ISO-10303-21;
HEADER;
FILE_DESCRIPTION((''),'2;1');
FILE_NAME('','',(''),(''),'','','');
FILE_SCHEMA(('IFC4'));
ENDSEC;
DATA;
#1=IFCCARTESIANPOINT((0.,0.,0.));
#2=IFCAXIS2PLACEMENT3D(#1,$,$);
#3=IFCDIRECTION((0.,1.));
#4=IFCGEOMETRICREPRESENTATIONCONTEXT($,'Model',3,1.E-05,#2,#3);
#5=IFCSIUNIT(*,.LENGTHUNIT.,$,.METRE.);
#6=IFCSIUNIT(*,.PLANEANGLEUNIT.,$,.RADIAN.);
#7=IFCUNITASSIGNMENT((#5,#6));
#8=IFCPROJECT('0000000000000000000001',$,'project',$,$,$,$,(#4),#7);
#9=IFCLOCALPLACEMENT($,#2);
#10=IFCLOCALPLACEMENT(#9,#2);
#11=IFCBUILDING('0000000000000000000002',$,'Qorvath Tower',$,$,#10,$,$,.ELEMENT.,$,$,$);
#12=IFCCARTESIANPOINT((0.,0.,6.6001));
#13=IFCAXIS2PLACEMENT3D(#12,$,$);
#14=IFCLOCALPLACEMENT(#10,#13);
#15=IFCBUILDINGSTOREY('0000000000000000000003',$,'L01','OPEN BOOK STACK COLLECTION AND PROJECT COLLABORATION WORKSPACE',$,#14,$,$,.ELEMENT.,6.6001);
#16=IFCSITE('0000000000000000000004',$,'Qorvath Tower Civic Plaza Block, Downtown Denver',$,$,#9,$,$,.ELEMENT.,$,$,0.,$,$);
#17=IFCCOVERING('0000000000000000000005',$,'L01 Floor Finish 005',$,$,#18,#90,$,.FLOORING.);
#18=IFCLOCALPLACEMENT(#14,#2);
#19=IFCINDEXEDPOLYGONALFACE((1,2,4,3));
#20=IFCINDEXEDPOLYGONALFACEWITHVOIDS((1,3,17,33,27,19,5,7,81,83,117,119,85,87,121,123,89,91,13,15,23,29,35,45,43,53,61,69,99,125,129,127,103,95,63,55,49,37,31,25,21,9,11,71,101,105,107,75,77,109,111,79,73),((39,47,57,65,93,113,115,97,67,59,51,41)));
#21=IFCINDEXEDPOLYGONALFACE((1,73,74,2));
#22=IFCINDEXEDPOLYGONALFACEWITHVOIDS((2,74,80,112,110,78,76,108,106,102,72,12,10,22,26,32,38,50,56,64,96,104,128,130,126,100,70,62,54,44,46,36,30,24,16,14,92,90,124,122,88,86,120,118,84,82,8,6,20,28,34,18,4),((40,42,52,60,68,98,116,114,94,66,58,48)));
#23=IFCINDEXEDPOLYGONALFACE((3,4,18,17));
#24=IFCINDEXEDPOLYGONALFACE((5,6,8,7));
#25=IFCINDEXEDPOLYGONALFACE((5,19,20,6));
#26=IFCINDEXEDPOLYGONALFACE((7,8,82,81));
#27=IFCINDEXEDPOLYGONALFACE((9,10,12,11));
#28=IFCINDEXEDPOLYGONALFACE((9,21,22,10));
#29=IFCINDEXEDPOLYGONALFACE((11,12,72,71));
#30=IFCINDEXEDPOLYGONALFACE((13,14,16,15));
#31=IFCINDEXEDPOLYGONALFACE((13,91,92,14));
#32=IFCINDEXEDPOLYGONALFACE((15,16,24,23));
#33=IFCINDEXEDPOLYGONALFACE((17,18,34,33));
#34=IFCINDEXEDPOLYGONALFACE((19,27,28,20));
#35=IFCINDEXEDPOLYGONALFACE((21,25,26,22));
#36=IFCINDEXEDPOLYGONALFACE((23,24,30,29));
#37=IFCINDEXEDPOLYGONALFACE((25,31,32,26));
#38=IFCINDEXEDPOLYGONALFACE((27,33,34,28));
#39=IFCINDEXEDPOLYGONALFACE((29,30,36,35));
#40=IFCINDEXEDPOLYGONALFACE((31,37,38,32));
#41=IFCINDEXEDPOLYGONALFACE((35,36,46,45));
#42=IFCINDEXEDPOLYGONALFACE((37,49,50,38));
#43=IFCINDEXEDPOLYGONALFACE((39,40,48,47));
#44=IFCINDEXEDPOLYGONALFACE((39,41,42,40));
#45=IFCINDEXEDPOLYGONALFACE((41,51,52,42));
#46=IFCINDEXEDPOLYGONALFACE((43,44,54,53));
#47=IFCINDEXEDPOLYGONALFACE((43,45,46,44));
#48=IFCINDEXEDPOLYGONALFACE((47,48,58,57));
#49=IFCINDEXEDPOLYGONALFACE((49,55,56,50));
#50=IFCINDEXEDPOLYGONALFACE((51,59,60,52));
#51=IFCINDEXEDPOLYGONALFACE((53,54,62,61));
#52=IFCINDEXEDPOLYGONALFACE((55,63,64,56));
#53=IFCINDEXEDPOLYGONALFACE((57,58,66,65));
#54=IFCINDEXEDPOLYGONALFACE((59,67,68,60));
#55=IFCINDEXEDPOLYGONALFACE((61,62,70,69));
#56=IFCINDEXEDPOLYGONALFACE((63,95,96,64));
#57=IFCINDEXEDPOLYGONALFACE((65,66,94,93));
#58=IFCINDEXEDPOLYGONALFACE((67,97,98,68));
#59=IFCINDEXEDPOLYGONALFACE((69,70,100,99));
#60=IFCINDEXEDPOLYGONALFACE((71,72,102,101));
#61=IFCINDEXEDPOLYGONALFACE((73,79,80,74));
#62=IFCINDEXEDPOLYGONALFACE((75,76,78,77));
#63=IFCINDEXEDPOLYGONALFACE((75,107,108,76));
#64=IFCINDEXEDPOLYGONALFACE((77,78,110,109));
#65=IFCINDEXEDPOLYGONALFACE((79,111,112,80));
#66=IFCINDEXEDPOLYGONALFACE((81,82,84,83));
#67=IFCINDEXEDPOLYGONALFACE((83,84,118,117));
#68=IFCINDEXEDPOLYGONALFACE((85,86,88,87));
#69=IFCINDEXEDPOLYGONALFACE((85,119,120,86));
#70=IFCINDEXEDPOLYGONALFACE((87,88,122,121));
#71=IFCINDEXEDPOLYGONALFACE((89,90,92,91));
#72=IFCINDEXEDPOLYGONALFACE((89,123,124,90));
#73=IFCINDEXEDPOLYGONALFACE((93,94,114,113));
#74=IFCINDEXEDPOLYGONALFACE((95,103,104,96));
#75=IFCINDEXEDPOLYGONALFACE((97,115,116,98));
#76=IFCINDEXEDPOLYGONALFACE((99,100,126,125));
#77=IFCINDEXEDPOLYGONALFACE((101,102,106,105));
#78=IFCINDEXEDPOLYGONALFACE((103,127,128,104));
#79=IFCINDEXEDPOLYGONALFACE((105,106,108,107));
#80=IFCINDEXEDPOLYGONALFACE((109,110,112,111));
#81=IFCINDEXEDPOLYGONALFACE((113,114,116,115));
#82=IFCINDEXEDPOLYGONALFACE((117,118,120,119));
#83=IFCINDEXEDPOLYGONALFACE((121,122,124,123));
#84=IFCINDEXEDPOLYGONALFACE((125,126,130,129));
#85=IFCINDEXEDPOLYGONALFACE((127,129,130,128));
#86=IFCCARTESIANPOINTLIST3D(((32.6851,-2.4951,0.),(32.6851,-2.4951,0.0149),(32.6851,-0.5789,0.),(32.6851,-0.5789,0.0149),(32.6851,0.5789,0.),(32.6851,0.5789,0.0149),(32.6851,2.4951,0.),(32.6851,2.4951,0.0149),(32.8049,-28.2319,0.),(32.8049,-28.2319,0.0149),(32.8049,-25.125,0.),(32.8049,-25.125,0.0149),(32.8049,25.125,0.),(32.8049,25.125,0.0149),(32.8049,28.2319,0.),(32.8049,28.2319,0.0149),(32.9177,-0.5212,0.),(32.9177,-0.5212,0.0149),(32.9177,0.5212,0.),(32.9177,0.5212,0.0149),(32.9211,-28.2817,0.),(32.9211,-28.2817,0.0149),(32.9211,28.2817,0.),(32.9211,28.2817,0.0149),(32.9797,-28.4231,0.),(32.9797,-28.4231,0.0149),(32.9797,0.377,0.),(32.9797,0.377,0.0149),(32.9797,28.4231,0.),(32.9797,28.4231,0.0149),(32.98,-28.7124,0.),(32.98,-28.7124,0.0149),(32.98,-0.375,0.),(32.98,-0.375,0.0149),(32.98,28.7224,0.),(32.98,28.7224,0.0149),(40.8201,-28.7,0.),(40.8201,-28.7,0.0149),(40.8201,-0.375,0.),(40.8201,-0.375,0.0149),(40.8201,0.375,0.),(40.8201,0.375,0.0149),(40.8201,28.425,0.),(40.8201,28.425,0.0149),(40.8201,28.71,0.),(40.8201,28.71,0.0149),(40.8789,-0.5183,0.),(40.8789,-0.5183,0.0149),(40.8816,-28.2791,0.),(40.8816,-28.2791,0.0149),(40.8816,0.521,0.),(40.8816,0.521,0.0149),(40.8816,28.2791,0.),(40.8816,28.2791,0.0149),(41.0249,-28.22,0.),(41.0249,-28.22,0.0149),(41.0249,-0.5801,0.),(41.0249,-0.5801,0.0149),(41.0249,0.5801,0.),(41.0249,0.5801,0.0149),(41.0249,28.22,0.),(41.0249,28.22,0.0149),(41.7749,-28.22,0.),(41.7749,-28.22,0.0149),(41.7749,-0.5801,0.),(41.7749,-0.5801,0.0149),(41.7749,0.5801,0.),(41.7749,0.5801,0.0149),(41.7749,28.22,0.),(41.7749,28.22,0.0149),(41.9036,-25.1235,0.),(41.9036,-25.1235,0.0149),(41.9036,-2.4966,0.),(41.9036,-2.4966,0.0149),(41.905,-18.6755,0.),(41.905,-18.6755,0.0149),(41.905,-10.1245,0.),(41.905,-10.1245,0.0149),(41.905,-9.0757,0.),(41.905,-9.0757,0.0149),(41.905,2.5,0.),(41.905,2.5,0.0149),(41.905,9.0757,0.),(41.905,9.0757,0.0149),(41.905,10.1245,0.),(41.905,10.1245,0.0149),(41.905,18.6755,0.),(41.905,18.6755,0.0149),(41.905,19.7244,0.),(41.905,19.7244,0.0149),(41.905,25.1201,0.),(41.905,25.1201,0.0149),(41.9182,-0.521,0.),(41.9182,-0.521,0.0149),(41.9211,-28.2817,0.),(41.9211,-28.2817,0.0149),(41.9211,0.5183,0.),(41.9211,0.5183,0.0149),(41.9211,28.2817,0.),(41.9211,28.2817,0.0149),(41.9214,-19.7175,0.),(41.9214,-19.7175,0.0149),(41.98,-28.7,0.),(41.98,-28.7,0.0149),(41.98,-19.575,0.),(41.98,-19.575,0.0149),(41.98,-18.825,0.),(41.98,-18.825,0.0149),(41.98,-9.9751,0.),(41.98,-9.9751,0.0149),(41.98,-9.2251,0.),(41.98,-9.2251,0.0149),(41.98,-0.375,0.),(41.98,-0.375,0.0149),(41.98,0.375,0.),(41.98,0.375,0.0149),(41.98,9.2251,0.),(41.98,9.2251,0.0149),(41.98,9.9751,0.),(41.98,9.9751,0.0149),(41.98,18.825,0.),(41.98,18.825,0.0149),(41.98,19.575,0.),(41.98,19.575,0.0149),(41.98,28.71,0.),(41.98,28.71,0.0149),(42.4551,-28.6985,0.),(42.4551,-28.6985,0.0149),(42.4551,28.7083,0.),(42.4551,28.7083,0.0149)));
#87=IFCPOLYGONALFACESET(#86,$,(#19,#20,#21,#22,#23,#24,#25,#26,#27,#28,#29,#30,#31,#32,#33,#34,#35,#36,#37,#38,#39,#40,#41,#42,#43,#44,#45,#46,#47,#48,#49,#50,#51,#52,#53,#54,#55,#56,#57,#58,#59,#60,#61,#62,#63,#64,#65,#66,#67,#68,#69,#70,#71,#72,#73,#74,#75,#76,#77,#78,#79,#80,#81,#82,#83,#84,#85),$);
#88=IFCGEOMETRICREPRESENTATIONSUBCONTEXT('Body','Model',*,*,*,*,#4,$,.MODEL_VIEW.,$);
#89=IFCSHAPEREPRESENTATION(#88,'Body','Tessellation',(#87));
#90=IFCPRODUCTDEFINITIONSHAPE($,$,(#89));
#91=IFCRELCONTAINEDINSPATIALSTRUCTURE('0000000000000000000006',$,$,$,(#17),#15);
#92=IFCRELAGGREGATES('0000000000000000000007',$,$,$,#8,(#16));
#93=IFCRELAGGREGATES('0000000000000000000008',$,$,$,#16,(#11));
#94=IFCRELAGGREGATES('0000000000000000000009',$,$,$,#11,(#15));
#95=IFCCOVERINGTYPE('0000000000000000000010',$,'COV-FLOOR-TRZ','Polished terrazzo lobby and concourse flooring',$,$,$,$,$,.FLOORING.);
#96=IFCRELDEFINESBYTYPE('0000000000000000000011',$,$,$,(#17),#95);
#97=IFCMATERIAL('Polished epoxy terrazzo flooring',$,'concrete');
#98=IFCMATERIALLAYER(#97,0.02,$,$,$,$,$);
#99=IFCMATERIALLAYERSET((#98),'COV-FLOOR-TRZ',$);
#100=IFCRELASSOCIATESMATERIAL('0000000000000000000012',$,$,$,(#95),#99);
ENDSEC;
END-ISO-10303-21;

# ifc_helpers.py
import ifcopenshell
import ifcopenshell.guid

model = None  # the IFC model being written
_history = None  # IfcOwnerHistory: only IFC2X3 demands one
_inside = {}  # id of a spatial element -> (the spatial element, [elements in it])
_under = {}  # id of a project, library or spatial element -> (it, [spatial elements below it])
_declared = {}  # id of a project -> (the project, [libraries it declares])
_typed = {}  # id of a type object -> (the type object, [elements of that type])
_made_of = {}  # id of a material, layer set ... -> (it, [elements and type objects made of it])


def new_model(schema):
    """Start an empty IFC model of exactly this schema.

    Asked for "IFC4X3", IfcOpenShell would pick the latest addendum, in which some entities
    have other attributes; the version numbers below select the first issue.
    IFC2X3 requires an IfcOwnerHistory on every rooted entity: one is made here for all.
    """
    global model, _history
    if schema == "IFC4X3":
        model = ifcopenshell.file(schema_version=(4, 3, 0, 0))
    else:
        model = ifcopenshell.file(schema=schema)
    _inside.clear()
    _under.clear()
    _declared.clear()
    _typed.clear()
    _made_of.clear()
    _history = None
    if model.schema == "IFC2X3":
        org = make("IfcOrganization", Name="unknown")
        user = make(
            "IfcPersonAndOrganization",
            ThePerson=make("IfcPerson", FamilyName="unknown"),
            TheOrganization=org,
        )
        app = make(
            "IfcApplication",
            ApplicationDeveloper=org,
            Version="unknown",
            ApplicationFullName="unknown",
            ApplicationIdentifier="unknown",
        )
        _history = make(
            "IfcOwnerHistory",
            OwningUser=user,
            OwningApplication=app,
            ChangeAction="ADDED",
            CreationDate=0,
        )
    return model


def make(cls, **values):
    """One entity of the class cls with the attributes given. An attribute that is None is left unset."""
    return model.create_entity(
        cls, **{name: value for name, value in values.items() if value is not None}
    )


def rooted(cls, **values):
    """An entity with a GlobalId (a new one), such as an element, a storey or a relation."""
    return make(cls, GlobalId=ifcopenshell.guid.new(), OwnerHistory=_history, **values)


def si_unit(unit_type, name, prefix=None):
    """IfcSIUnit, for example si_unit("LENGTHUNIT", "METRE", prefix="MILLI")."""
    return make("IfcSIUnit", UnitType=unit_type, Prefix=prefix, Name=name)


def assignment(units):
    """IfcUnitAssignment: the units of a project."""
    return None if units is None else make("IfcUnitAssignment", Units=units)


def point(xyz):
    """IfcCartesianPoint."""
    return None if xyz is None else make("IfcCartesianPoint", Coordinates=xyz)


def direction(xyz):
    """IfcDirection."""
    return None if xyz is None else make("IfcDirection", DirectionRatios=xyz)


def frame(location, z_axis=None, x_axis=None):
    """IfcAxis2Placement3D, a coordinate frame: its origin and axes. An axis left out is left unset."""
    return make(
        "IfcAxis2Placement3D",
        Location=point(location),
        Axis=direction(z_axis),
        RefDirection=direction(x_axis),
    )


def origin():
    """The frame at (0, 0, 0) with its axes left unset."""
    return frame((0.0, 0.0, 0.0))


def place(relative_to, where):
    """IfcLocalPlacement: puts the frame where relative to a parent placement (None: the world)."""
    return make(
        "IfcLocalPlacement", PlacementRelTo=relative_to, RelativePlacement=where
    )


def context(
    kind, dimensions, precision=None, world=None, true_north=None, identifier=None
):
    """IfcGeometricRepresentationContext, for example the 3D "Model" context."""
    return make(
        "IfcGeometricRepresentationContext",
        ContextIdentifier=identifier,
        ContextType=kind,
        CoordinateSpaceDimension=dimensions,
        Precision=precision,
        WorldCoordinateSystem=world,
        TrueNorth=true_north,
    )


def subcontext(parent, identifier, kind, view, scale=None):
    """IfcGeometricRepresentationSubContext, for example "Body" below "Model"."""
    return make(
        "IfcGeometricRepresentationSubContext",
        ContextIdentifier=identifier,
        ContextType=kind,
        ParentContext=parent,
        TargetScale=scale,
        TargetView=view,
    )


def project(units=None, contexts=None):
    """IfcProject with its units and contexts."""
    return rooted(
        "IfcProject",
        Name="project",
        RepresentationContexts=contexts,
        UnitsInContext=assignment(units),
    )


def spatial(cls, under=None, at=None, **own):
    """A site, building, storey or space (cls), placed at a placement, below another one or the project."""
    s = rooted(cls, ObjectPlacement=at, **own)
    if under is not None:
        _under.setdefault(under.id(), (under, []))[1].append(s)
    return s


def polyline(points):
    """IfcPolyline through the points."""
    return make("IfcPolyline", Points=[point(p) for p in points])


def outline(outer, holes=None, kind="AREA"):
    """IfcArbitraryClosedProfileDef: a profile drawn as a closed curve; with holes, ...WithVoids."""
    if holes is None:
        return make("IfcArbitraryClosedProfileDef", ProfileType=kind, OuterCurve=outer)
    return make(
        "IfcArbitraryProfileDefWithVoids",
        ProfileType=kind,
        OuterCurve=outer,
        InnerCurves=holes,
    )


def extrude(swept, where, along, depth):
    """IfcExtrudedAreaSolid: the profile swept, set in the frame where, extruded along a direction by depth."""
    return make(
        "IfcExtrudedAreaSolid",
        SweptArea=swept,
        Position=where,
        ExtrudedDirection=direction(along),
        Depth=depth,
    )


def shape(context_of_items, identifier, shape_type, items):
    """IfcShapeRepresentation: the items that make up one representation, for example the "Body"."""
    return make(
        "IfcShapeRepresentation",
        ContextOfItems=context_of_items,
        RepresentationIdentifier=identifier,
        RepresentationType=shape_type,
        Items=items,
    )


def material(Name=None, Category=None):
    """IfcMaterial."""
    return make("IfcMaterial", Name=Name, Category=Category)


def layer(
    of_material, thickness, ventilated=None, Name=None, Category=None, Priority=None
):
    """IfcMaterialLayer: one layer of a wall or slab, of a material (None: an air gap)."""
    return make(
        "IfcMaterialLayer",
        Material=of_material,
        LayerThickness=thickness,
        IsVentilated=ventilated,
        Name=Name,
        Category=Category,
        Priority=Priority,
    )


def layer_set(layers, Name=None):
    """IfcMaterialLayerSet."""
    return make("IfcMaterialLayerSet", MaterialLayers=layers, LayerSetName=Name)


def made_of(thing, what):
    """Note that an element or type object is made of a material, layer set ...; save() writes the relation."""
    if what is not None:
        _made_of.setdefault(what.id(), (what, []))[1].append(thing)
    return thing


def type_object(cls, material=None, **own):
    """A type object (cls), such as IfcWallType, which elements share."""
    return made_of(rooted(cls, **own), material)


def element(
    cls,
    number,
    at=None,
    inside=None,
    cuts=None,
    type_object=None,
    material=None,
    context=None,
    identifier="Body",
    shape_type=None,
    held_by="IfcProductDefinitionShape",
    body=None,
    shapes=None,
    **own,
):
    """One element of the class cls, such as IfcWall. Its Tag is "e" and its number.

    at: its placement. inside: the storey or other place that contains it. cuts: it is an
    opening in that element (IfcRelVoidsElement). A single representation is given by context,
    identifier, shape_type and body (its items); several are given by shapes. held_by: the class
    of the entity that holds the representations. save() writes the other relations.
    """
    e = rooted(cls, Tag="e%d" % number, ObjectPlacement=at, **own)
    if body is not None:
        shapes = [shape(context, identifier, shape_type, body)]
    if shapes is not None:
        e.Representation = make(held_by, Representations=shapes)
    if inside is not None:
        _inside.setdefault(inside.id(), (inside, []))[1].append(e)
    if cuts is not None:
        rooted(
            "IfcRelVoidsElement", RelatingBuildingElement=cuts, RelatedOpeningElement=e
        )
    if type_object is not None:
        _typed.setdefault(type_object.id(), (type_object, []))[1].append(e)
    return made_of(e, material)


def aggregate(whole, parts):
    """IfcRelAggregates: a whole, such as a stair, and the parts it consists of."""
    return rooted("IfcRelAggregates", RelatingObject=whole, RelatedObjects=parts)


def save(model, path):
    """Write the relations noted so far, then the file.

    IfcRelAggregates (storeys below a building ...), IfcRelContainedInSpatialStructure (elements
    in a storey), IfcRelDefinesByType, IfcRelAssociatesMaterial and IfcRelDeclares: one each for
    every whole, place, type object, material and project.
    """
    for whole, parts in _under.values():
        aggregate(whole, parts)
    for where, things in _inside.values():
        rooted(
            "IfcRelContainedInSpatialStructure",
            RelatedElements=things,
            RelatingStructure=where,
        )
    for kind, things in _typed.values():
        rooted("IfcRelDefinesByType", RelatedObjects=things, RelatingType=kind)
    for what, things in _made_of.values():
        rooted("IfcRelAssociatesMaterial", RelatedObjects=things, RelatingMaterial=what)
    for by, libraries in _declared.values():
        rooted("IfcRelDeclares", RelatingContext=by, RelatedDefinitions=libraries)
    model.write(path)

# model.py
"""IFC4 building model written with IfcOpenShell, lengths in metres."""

from ifc_helpers import new_model, si_unit, direction, frame, origin, place, context, subcontext, project, spatial, polyline, outline, extrude, material, layer, layer_set, type_object, element, save


model = new_model("IFC4")

# Units and contexts
model_context = context("Model", 3, precision=1e-05, world=origin(), true_north=direction((0.0, 1.0)))
body_context = subcontext(model_context, "Body", "Model", "MODEL_VIEW")
ifc_project = project(units=[si_unit("LENGTHUNIT", "METRE"), si_unit("PLANEANGLEUNIT", "RADIAN")], contexts=[model_context])

# Site, building, storey
site_placement = place(None, origin())
site = spatial("IfcSite", under=ifc_project, at=site_placement, Name="Qorvath Tower Civic Plaza Block, Downtown Denver", CompositionType="ELEMENT", RefElevation=0.0)
building_placement = place(site_placement, origin())
building = spatial("IfcBuilding", under=site, at=building_placement, Name="Qorvath Tower", CompositionType="ELEMENT")
storey_placement = place(building_placement, frame((0.0, 0.0, 6.6001)))
storey = spatial("IfcBuildingStorey", under=building, at=storey_placement, Name="L01", Description="OPEN BOOK STACK COLLECTION AND PROJECT COLLABORATION WORKSPACE", CompositionType="ELEMENT", Elevation=6.6001)

# Covering
ifc_material_1 = material(Name="Polished epoxy terrazzo flooring", Category="concrete")
ifc_layer_1 = layer(ifc_material_1, 0.02)
ifc_layer_set_1 = layer_set([ifc_layer_1], Name="COV-FLOOR-TRZ")
covering_type_1 = type_object("IfcCoveringType", Name="COV-FLOOR-TRZ", Description="Polished terrazzo lobby and concourse flooring", PredefinedType="FLOORING", material=ifc_layer_set_1)
covering_1_placement = place(storey_placement, origin())
element("IfcCovering", 1, at=covering_1_placement, inside=storey, type_object=covering_type_1, Name="L01 Floor Finish 005", PredefinedType="FLOORING", context=body_context, shape_type="SweptSolid", body=[
    extrude(outline(polyline([(41.98, -19.575), (41.9214, -19.7175), (41.9036, -25.1235), (32.8049, -25.125), (32.8049, -28.2319), (32.9211, -28.2817), (32.9797, -28.4231), (32.98, -28.7124), (40.8201, -28.7), (40.8816, -28.2791), (41.0249, -28.22), (41.7749, -28.22), (41.9211, -28.2817), (41.98, -28.7), (42.4551, -28.6985), (42.4551, 28.7083), (41.98, 28.71), (41.9211, 28.2817), (41.7749, 28.22), (41.0249, 28.22), (40.8816, 28.2791), (40.8201, 28.425), (40.8201, 28.71), (32.98, 28.7224), (32.9797, 28.4231), (32.9211, 28.2817), (32.8049, 28.2319), (32.8049, 25.125), (41.905, 25.1201), (41.905, 19.7244), (41.98, 19.575), (41.98, 18.825), (41.905, 18.6755), (41.905, 10.1245), (41.98, 9.9751), (41.98, 9.2251), (41.905, 9.0757), (41.905, 2.5), (32.6851, 2.4951), (32.6851, 0.5789), (32.9177, 0.5212), (32.9797, 0.377), (32.98, -0.375), (32.9177, -0.5212), (32.6851, -0.5789), (32.6851, -2.4951), (41.9036, -2.4966), (41.905, -9.0757), (41.98, -9.2251), (41.98, -9.9751), (41.905, -10.1245), (41.905, -18.6755), (41.98, -18.825), (41.98, -19.575)]), holes=[polyline([(40.8789, -0.5183), (40.8201, -0.375), (40.8201, 0.375), (40.8816, 0.521), (41.0249, 0.5801), (41.7749, 0.5801), (41.9211, 0.5183), (41.98, 0.375), (41.98, -0.375), (41.9182, -0.521), (41.7749, -0.5801), (41.0249, -0.5801), (40.8789, -0.5183)])]), origin(), (0.0, 0.0, 1.0), 0.0149),
])

save(model, "model.ifc")
